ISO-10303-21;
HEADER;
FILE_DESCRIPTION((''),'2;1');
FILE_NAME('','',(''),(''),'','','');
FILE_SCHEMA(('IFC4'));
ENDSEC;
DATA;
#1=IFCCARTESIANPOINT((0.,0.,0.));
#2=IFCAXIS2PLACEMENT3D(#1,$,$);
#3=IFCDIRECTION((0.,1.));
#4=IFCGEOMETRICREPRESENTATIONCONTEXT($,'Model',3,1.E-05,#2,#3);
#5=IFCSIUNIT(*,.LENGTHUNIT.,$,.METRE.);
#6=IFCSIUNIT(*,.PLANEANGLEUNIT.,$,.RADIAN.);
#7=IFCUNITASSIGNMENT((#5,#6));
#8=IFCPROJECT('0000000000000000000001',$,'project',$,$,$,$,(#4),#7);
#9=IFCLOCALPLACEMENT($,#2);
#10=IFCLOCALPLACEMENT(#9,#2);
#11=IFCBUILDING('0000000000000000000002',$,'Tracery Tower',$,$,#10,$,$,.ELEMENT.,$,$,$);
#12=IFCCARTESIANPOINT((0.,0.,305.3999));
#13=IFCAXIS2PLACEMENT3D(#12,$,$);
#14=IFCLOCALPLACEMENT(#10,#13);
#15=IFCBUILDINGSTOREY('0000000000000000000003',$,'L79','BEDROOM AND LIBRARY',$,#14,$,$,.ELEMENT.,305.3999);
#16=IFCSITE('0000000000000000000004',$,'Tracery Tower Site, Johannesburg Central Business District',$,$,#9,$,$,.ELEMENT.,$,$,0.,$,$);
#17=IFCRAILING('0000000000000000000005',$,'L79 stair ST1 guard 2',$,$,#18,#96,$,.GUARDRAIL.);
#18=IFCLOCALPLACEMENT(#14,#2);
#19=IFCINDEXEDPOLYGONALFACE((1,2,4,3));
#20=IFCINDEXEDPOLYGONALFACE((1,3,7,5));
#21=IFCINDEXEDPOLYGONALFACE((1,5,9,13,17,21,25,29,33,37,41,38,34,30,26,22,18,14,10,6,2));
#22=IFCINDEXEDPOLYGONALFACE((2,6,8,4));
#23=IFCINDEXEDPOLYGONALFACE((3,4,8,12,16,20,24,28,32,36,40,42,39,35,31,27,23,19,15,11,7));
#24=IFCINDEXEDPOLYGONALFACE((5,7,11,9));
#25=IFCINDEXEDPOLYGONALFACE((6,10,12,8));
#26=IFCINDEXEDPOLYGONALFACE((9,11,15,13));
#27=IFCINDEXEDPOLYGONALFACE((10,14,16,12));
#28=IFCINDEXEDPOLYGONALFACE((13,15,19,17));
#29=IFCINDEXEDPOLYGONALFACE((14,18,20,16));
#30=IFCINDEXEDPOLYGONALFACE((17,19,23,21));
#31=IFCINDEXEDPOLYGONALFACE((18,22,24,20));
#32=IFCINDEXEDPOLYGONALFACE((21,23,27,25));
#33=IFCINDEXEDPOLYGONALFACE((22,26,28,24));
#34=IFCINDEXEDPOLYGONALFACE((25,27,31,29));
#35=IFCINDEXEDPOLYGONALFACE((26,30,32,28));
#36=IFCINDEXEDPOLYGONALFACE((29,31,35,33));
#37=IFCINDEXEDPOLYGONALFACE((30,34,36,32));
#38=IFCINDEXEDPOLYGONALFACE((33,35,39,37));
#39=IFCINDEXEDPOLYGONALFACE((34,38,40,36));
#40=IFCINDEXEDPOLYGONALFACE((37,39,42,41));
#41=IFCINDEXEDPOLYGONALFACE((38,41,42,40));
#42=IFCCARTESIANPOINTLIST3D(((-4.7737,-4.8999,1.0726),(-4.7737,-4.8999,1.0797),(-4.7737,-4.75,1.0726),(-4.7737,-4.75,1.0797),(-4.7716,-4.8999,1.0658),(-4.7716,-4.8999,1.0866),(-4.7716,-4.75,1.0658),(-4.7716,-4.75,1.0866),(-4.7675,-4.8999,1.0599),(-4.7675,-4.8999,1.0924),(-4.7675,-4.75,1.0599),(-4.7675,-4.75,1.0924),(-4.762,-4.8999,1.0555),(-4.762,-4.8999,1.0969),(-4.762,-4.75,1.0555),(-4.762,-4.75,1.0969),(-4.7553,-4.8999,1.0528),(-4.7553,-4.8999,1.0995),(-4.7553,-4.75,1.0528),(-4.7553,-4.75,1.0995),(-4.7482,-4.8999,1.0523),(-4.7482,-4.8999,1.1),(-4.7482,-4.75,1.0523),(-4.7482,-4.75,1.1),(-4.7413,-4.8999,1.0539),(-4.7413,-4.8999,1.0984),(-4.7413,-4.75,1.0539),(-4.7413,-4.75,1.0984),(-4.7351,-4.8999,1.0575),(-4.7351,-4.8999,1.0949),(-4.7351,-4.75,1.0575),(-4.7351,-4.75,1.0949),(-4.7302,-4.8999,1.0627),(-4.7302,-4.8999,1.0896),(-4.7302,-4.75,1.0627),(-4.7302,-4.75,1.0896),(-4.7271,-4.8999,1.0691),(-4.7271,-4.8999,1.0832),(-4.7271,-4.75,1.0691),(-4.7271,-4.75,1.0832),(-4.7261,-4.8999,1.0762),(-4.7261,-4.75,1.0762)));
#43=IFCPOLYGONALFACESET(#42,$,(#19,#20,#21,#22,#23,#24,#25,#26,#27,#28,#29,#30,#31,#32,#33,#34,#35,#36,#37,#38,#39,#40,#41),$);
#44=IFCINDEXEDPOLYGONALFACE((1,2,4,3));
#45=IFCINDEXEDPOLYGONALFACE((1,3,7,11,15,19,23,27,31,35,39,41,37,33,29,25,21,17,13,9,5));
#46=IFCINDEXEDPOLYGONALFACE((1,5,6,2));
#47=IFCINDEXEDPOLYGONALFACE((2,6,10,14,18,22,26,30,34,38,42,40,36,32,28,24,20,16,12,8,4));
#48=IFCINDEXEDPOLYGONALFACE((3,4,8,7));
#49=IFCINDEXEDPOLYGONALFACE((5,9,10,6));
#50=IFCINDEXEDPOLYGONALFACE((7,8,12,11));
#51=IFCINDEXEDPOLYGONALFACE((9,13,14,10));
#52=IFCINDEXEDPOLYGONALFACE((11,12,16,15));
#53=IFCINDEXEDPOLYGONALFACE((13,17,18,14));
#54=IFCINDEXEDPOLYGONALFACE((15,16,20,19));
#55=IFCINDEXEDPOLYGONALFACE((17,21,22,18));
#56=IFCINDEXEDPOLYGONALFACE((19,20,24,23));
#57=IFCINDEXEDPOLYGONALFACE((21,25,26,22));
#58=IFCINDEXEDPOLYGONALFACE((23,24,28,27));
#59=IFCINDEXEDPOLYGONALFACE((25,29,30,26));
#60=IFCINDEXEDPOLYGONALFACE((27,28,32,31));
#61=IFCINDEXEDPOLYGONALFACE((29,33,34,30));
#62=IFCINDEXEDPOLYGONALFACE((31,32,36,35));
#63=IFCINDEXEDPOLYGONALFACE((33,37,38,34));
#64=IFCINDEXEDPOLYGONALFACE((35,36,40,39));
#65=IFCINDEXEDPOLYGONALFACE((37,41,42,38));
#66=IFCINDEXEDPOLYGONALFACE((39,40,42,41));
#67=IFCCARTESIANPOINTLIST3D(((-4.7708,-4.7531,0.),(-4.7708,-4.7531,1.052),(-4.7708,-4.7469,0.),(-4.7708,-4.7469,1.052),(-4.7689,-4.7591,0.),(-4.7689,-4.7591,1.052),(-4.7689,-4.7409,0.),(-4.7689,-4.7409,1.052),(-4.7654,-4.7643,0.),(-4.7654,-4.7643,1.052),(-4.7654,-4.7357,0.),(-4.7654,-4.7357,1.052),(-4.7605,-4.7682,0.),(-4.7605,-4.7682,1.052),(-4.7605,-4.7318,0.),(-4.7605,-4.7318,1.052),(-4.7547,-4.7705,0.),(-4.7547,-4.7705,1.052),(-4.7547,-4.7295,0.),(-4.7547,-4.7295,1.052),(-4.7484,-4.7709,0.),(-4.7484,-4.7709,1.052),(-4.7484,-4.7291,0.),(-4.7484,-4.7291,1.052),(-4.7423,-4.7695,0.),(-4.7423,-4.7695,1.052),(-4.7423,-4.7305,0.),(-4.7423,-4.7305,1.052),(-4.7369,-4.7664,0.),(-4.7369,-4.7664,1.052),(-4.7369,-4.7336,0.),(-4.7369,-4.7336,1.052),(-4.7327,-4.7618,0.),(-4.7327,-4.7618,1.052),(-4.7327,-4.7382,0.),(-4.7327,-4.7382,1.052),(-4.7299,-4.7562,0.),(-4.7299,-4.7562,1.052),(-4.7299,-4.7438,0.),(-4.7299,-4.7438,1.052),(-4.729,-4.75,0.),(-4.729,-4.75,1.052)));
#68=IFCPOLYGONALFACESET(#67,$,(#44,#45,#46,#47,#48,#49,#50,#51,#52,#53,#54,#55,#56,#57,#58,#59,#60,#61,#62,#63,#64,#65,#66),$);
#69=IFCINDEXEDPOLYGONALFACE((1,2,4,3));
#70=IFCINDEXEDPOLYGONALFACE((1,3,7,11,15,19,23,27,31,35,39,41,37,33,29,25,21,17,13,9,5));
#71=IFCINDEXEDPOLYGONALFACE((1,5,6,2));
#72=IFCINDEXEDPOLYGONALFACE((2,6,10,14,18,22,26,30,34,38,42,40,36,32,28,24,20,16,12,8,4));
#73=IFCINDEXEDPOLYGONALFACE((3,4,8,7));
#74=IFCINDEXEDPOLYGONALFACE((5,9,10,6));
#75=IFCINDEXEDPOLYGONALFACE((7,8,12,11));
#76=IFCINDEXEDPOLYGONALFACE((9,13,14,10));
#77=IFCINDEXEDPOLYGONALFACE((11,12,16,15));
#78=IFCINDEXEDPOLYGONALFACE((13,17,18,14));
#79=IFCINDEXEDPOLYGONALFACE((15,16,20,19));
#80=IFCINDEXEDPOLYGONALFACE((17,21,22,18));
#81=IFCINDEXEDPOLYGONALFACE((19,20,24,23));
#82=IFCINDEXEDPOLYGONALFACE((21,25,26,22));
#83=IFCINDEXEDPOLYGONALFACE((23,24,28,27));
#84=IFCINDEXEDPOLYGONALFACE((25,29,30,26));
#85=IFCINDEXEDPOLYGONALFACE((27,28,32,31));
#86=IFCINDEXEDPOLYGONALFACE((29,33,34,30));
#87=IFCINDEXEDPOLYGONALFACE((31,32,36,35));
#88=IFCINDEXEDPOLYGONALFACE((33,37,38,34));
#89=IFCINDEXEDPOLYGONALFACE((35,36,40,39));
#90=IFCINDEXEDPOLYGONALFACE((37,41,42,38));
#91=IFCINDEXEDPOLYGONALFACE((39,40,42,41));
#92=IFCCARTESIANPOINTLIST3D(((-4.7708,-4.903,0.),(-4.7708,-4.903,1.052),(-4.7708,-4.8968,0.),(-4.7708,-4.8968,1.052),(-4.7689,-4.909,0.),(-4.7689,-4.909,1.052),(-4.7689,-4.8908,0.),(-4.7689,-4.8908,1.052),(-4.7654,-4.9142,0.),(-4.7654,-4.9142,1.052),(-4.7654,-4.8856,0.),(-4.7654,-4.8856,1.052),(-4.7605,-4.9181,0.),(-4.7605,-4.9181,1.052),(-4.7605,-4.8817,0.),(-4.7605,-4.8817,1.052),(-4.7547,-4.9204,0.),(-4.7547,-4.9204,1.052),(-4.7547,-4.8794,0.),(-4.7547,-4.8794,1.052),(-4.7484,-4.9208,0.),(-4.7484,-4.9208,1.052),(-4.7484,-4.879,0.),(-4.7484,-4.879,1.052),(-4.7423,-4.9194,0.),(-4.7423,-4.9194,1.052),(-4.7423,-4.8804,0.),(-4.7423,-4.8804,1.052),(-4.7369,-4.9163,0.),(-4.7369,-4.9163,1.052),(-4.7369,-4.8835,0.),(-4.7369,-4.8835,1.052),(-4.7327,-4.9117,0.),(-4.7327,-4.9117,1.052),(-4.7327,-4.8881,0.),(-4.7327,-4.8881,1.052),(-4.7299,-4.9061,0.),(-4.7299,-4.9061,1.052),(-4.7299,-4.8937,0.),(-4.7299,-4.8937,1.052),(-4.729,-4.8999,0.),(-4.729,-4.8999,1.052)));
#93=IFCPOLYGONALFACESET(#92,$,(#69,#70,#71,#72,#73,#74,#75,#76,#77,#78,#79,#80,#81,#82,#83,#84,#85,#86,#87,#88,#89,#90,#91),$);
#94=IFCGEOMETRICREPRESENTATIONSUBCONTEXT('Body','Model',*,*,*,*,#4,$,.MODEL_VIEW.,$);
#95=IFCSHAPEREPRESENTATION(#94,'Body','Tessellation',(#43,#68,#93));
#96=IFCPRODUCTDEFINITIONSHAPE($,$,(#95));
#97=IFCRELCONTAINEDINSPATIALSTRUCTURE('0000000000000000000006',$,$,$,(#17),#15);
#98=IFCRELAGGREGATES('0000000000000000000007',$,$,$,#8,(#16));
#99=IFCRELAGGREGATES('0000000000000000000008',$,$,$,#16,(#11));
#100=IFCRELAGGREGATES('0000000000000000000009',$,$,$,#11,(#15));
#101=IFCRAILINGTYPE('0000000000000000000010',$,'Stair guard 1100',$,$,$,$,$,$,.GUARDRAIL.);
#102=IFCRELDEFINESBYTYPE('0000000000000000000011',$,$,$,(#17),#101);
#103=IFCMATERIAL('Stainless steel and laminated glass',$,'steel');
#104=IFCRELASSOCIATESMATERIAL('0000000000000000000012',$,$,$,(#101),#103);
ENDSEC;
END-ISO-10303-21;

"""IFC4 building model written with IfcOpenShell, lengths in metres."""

from ifc_helpers import new_model, si_unit, direction, frame, origin, origin_2d, place, context, subcontext, project, spatial, circle, extrude, material, type_object, element, save


model = new_model("IFC4")

# Units and contexts
model_context = context("Model", 3, precision=1e-05, world=origin(), true_north=direction((0.0, 1.0)))
body_context = subcontext(model_context, "Body", "Model", "MODEL_VIEW")
ifc_project = project(units=[si_unit("LENGTHUNIT", "METRE"), si_unit("PLANEANGLEUNIT", "RADIAN")], contexts=[model_context])

# Site, building, storey
site_placement = place(None, origin())
site = spatial("IfcSite", under=ifc_project, at=site_placement, Name="Tracery Tower Site, Johannesburg Central Business District", CompositionType="ELEMENT", RefElevation=0.0)
building_placement = place(site_placement, origin())
building = spatial("IfcBuilding", under=site, at=building_placement, Name="Tracery Tower", CompositionType="ELEMENT")
storey_placement = place(building_placement, frame((0.0, 0.0, 305.3999)))
storey = spatial("IfcBuildingStorey", under=building, at=storey_placement, Name="L79", Description="BEDROOM AND LIBRARY", CompositionType="ELEMENT", Elevation=305.3999)

# Railing
ifc_material_1 = material(Name="Stainless steel and laminated glass", Category="steel")
railing_type_1 = type_object("IfcRailingType", Name="Stair guard 1100", PredefinedType="GUARDRAIL", material=ifc_material_1)
railing_1_placement = place(storey_placement, frame((-4.75, -4.75, 0.0)))
element("IfcRailing", 1, at=railing_1_placement, inside=storey, type_object=railing_type_1, Name="L79 stair ST1 guard 2", PredefinedType="GUARDRAIL", context=body_context, shape_type="SweptSolid", body=[
    extrude(circle(Radius=0.0239, at=origin_2d()), frame((0.0, 0.0, 1.0762), z_axis=(0.0, -1.0, 0.0), x_axis=(1.0, 0.0, 0.0)), (0.0, 0.0, 1.0), 0.1499),
    extrude(circle(Radius=0.021, at=origin_2d()), origin(), (0.0, 0.0, 1.0), 1.052),
    extrude(circle(Radius=0.021, at=origin_2d()), frame((0.0, -0.1499, 0.0)), (0.0, 0.0, 1.0), 1.052),
])

save(model, "model.ifc")
